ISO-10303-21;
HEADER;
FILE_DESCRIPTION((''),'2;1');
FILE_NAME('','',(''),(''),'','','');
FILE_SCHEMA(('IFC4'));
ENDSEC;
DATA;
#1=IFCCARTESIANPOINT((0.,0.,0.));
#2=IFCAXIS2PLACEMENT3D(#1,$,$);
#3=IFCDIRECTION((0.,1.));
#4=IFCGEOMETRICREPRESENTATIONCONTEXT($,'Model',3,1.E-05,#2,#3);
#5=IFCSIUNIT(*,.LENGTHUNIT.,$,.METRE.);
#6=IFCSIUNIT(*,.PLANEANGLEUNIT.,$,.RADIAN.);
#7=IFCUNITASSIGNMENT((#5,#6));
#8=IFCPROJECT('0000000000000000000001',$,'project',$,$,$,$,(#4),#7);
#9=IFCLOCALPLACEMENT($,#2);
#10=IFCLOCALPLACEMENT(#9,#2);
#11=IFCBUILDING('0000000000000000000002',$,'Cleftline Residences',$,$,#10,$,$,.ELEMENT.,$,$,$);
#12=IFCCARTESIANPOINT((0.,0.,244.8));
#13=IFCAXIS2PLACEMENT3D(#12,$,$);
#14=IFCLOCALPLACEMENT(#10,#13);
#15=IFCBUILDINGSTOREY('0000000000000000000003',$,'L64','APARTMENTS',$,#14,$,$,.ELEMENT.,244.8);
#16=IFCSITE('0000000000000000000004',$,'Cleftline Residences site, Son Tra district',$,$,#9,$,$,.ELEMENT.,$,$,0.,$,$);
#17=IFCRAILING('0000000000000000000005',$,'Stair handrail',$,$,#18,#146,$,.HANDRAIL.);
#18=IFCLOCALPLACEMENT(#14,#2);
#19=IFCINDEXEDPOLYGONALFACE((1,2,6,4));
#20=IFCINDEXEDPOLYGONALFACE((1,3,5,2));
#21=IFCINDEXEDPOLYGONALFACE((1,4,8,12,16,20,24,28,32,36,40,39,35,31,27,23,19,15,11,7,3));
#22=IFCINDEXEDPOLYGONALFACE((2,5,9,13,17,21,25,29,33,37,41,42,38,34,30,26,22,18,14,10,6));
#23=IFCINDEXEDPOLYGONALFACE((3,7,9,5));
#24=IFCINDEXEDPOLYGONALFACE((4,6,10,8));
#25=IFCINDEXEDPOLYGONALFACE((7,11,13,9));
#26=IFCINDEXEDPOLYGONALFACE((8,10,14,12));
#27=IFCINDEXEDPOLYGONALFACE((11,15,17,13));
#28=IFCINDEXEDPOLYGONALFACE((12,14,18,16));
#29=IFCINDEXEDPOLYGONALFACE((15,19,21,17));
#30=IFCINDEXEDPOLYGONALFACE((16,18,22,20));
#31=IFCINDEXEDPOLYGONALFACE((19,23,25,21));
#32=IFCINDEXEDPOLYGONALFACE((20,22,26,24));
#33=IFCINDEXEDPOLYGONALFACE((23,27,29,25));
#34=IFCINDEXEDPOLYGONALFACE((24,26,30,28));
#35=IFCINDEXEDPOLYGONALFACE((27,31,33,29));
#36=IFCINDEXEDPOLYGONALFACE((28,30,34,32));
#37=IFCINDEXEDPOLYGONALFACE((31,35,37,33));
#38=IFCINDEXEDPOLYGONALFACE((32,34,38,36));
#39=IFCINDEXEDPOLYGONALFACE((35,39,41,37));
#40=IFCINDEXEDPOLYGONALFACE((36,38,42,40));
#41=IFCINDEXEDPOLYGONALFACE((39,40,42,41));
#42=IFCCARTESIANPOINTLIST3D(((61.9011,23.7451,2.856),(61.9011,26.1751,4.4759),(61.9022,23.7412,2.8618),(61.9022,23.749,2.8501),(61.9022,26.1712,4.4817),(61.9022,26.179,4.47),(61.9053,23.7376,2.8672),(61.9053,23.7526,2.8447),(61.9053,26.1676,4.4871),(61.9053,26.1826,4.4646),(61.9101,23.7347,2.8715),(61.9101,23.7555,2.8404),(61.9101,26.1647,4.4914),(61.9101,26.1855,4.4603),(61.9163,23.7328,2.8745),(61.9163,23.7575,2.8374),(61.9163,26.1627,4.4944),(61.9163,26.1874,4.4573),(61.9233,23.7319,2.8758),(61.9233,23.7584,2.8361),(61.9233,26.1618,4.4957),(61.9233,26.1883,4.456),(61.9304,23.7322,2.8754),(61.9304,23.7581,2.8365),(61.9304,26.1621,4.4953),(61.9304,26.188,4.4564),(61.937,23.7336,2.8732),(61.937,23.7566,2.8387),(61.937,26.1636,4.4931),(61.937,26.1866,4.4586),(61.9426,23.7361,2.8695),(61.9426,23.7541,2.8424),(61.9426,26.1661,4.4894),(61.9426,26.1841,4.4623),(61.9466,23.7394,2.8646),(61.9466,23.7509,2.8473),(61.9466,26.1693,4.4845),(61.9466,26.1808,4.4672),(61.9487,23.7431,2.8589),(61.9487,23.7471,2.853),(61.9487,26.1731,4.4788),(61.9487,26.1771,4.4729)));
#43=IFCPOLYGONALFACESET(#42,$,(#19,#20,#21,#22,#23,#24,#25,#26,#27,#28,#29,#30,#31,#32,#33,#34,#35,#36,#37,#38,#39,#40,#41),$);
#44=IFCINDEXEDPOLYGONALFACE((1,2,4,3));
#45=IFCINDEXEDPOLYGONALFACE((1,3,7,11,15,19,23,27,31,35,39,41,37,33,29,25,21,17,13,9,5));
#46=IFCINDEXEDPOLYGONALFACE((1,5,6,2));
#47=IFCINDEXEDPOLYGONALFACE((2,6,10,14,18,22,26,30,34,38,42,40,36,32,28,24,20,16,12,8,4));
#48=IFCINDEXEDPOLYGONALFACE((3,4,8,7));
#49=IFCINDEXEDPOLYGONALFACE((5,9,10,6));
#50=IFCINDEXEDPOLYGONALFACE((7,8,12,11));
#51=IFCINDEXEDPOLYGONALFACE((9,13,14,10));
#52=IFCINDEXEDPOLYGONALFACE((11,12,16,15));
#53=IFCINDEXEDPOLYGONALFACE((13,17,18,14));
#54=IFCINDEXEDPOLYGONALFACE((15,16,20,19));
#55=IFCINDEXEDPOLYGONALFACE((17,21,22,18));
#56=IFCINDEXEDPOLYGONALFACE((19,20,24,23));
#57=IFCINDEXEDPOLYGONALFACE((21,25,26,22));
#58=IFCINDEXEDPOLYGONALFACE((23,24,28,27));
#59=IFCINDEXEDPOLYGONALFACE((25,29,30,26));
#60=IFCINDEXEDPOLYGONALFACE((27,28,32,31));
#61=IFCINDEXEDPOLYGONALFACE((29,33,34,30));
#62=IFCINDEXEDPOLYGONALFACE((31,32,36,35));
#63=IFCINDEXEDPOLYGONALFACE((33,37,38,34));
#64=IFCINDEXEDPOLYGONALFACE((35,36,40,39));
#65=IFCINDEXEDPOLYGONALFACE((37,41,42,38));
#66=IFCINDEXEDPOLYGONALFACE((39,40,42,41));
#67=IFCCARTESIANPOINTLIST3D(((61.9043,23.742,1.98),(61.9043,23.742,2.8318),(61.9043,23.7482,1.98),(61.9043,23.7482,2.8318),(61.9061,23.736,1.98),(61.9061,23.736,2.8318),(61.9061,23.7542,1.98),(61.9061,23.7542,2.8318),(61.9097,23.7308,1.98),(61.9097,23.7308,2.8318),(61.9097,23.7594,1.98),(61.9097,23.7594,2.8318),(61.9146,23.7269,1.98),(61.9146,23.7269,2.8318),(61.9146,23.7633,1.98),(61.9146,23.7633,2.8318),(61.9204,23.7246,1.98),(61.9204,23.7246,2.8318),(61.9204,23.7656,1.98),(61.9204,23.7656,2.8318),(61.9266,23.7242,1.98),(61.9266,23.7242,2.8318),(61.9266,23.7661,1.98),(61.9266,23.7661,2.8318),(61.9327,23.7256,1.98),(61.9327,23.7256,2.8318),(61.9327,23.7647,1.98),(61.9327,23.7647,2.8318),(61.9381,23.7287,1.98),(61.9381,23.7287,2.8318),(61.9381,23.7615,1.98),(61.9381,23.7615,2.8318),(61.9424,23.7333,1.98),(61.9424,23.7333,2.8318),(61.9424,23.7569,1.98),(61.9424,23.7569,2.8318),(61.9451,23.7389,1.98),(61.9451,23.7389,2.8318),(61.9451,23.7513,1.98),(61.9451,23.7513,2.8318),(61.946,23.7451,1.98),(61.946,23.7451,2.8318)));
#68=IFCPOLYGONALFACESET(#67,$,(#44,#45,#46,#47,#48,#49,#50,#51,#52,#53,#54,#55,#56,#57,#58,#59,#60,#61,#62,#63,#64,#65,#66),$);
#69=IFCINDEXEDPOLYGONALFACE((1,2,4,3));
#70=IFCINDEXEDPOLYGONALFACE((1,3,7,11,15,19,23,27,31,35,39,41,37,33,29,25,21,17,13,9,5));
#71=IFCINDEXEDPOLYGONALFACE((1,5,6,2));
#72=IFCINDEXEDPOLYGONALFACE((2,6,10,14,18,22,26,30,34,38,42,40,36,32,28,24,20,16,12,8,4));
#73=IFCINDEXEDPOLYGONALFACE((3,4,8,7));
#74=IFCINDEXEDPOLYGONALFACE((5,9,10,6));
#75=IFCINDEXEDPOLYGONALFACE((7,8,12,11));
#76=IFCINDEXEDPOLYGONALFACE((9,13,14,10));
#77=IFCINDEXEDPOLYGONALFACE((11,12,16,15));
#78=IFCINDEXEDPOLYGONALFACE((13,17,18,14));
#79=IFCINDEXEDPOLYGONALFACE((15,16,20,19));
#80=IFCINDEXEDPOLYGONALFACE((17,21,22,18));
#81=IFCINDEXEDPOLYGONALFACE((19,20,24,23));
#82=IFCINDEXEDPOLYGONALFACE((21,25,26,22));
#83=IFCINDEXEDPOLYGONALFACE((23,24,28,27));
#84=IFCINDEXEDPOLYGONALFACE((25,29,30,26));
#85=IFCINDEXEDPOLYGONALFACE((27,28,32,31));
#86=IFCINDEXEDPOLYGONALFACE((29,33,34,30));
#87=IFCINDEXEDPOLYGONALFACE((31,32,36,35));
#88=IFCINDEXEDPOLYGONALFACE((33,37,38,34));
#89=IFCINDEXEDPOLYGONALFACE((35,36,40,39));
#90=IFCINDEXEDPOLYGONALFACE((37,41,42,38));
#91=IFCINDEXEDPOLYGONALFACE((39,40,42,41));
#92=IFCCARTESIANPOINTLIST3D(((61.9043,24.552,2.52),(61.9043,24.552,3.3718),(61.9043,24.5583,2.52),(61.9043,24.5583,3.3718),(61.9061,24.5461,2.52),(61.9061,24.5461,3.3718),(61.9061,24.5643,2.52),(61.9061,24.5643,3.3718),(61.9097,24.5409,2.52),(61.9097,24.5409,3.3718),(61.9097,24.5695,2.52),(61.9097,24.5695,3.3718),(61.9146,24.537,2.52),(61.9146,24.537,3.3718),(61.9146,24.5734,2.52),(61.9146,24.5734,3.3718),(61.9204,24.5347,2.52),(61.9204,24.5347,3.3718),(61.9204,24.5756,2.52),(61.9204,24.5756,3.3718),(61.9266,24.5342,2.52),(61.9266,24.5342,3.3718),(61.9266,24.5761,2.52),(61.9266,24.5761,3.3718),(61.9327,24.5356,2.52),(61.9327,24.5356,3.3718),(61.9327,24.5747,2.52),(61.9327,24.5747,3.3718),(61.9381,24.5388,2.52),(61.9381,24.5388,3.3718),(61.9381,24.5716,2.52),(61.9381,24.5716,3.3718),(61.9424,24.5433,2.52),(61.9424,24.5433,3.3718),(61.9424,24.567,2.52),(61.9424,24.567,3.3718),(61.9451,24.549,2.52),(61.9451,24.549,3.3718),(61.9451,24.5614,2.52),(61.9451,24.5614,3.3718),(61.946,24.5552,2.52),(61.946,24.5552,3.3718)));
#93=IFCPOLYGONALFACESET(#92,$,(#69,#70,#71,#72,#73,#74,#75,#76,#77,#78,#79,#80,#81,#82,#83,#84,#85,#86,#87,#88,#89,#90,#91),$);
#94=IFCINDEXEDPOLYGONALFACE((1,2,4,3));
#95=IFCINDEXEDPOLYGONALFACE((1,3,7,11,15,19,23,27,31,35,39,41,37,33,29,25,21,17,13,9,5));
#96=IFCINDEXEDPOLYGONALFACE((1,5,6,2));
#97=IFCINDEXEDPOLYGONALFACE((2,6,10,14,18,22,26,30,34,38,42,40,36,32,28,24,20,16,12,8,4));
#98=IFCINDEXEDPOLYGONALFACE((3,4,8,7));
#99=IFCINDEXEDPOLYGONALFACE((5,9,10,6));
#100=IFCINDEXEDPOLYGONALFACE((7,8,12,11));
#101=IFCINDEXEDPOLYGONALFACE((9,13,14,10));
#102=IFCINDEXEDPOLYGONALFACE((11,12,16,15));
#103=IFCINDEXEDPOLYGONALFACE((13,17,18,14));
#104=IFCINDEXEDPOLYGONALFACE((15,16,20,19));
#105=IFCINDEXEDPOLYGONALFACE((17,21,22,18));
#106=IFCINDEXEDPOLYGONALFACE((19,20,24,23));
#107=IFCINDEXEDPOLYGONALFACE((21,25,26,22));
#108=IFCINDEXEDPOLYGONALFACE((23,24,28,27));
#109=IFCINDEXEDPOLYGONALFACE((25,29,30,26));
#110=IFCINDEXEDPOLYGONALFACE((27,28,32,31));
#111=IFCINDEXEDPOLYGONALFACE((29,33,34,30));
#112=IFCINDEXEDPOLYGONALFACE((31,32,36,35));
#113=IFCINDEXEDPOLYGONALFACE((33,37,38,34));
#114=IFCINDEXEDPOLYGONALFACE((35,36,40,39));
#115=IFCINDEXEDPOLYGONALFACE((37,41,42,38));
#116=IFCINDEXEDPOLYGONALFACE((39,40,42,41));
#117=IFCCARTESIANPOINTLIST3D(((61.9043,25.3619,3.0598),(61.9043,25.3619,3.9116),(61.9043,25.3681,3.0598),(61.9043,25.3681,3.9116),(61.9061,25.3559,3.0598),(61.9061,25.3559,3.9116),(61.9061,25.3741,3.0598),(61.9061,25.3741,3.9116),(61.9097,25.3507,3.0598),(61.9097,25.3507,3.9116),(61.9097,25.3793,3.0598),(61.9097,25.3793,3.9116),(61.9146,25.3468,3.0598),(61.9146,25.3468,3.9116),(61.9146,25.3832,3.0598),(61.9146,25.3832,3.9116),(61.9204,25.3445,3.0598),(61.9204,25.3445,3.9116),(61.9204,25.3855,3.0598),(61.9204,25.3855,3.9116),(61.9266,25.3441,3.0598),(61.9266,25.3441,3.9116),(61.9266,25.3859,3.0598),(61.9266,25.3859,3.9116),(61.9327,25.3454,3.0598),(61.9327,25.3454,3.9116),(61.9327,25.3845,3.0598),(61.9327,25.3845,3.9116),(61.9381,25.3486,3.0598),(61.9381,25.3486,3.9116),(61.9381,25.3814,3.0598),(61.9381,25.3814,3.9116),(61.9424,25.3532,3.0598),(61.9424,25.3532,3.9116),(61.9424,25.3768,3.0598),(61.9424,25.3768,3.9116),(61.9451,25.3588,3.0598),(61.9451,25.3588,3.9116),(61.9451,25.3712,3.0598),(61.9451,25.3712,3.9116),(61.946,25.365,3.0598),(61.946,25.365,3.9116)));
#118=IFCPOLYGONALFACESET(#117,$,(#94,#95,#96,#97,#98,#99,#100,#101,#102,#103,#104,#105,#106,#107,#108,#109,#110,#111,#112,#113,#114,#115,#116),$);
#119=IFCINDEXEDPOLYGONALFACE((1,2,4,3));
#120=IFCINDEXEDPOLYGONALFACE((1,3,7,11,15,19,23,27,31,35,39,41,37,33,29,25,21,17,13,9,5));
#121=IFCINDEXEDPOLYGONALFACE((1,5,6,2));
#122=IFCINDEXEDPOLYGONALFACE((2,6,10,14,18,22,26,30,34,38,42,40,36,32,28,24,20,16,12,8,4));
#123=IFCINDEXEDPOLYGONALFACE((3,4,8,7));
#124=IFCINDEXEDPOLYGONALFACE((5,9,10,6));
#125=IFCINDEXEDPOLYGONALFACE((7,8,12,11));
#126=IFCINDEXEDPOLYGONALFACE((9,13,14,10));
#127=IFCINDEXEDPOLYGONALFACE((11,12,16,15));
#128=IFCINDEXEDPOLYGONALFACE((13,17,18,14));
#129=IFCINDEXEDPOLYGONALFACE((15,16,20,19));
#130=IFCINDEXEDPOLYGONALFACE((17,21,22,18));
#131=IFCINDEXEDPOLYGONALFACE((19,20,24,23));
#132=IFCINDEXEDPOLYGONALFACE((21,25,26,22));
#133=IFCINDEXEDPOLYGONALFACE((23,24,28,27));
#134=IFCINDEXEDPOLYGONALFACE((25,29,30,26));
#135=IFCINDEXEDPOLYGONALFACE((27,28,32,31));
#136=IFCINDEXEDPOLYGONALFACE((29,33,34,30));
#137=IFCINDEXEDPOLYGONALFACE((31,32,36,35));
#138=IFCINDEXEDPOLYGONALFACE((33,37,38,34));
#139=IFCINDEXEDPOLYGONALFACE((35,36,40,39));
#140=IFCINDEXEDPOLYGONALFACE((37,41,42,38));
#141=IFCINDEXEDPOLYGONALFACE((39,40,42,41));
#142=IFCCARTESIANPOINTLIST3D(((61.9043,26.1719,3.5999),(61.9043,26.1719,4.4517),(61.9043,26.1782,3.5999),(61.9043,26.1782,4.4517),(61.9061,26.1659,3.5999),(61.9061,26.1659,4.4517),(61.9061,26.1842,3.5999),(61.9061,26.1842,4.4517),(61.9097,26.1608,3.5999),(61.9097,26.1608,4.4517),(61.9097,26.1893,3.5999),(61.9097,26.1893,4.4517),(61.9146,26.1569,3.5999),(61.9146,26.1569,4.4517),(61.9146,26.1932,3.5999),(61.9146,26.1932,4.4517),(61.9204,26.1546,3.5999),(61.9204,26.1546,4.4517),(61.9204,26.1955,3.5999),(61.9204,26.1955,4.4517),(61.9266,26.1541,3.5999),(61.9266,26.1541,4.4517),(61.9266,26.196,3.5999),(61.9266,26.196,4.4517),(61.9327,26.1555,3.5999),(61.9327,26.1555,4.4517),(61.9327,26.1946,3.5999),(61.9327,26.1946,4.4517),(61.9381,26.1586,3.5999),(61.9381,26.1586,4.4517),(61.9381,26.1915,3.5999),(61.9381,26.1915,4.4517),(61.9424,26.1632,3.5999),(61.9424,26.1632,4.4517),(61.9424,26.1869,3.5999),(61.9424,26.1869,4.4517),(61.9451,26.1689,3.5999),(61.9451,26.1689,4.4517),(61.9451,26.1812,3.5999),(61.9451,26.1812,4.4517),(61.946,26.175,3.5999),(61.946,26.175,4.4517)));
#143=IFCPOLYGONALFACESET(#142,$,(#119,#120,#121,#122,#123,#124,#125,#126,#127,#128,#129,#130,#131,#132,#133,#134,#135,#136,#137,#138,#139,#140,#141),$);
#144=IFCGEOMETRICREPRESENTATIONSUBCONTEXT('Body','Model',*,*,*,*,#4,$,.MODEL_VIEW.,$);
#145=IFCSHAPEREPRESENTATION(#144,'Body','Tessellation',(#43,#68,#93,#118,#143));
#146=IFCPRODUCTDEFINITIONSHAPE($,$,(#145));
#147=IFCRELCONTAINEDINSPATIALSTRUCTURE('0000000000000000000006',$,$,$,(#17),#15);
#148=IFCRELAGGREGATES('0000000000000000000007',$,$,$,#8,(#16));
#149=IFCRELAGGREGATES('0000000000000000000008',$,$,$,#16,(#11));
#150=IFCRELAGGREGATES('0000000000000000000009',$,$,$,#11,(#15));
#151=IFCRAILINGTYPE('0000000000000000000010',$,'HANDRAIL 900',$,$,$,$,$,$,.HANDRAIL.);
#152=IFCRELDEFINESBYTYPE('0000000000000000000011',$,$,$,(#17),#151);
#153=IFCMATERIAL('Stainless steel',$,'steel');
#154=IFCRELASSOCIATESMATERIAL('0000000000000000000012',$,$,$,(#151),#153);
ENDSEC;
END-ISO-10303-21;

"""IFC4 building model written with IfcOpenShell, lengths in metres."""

from ifc_helpers import new_model, si_unit, direction, frame, origin, origin_2d, place, context, subcontext, project, spatial, circle, extrude, material, type_object, element, save


model = new_model("IFC4")

# Units and contexts
model_context = context("Model", 3, precision=1e-05, world=origin(), true_north=direction((0.0, 1.0)))
body_context = subcontext(model_context, "Body", "Model", "MODEL_VIEW")
ifc_project = project(units=[si_unit("LENGTHUNIT", "METRE"), si_unit("PLANEANGLEUNIT", "RADIAN")], contexts=[model_context])

# Site, building, storey
site_placement = place(None, origin())
site = spatial("IfcSite", under=ifc_project, at=site_placement, Name="Cleftline Residences site, Son Tra district", CompositionType="ELEMENT", RefElevation=0.0)
building_placement = place(site_placement, origin())
building = spatial("IfcBuilding", under=site, at=building_placement, Name="Cleftline Residences", CompositionType="ELEMENT")
storey_placement = place(building_placement, frame((0.0, 0.0, 244.8)))
storey = spatial("IfcBuildingStorey", under=building, at=storey_placement, Name="L64", Description="APARTMENTS", CompositionType="ELEMENT", Elevation=244.8)

# Railing
ifc_material_1 = material(Name="Stainless steel", Category="steel")
railing_type = type_object("IfcRailingType", Name="HANDRAIL 900", PredefinedType="HANDRAIL", material=ifc_material_1)
railing_placement = place(storey_placement, frame((61.925, 23.7451, 1.98)))
element("IfcRailing", 1, at=railing_placement, inside=storey, type_object=railing_type, Name="Stair handrail", PredefinedType="HANDRAIL", context=body_context, shape_type="SweptSolid", body=[
    extrude(circle(Radius=0.0239, at=origin_2d()), frame((0.0, 0.0, 0.876), z_axis=(0.0, 0.832063, 0.554681), x_axis=(-1.0, 0.0, 0.0)), (0.0, 0.0, 1.0), 2.9204),
    extrude(circle(Radius=0.021, at=origin_2d()), origin(), (0.0, 0.0, 1.0), 0.8518),
    extrude(circle(Radius=0.021, at=origin_2d()), frame((0.0, 0.8101, 0.54)), (0.0, 0.0, 1.0), 0.8518),
    extrude(circle(Radius=0.021, at=origin_2d()), frame((0.0, 1.6199, 1.0798)), (0.0, 0.0, 1.0), 0.8518),
    extrude(circle(Radius=0.021, at=origin_2d()), frame((0.0, 2.4299, 1.6199)), (0.0, 0.0, 1.0), 0.8518),
])

save(model, "model.ifc")
